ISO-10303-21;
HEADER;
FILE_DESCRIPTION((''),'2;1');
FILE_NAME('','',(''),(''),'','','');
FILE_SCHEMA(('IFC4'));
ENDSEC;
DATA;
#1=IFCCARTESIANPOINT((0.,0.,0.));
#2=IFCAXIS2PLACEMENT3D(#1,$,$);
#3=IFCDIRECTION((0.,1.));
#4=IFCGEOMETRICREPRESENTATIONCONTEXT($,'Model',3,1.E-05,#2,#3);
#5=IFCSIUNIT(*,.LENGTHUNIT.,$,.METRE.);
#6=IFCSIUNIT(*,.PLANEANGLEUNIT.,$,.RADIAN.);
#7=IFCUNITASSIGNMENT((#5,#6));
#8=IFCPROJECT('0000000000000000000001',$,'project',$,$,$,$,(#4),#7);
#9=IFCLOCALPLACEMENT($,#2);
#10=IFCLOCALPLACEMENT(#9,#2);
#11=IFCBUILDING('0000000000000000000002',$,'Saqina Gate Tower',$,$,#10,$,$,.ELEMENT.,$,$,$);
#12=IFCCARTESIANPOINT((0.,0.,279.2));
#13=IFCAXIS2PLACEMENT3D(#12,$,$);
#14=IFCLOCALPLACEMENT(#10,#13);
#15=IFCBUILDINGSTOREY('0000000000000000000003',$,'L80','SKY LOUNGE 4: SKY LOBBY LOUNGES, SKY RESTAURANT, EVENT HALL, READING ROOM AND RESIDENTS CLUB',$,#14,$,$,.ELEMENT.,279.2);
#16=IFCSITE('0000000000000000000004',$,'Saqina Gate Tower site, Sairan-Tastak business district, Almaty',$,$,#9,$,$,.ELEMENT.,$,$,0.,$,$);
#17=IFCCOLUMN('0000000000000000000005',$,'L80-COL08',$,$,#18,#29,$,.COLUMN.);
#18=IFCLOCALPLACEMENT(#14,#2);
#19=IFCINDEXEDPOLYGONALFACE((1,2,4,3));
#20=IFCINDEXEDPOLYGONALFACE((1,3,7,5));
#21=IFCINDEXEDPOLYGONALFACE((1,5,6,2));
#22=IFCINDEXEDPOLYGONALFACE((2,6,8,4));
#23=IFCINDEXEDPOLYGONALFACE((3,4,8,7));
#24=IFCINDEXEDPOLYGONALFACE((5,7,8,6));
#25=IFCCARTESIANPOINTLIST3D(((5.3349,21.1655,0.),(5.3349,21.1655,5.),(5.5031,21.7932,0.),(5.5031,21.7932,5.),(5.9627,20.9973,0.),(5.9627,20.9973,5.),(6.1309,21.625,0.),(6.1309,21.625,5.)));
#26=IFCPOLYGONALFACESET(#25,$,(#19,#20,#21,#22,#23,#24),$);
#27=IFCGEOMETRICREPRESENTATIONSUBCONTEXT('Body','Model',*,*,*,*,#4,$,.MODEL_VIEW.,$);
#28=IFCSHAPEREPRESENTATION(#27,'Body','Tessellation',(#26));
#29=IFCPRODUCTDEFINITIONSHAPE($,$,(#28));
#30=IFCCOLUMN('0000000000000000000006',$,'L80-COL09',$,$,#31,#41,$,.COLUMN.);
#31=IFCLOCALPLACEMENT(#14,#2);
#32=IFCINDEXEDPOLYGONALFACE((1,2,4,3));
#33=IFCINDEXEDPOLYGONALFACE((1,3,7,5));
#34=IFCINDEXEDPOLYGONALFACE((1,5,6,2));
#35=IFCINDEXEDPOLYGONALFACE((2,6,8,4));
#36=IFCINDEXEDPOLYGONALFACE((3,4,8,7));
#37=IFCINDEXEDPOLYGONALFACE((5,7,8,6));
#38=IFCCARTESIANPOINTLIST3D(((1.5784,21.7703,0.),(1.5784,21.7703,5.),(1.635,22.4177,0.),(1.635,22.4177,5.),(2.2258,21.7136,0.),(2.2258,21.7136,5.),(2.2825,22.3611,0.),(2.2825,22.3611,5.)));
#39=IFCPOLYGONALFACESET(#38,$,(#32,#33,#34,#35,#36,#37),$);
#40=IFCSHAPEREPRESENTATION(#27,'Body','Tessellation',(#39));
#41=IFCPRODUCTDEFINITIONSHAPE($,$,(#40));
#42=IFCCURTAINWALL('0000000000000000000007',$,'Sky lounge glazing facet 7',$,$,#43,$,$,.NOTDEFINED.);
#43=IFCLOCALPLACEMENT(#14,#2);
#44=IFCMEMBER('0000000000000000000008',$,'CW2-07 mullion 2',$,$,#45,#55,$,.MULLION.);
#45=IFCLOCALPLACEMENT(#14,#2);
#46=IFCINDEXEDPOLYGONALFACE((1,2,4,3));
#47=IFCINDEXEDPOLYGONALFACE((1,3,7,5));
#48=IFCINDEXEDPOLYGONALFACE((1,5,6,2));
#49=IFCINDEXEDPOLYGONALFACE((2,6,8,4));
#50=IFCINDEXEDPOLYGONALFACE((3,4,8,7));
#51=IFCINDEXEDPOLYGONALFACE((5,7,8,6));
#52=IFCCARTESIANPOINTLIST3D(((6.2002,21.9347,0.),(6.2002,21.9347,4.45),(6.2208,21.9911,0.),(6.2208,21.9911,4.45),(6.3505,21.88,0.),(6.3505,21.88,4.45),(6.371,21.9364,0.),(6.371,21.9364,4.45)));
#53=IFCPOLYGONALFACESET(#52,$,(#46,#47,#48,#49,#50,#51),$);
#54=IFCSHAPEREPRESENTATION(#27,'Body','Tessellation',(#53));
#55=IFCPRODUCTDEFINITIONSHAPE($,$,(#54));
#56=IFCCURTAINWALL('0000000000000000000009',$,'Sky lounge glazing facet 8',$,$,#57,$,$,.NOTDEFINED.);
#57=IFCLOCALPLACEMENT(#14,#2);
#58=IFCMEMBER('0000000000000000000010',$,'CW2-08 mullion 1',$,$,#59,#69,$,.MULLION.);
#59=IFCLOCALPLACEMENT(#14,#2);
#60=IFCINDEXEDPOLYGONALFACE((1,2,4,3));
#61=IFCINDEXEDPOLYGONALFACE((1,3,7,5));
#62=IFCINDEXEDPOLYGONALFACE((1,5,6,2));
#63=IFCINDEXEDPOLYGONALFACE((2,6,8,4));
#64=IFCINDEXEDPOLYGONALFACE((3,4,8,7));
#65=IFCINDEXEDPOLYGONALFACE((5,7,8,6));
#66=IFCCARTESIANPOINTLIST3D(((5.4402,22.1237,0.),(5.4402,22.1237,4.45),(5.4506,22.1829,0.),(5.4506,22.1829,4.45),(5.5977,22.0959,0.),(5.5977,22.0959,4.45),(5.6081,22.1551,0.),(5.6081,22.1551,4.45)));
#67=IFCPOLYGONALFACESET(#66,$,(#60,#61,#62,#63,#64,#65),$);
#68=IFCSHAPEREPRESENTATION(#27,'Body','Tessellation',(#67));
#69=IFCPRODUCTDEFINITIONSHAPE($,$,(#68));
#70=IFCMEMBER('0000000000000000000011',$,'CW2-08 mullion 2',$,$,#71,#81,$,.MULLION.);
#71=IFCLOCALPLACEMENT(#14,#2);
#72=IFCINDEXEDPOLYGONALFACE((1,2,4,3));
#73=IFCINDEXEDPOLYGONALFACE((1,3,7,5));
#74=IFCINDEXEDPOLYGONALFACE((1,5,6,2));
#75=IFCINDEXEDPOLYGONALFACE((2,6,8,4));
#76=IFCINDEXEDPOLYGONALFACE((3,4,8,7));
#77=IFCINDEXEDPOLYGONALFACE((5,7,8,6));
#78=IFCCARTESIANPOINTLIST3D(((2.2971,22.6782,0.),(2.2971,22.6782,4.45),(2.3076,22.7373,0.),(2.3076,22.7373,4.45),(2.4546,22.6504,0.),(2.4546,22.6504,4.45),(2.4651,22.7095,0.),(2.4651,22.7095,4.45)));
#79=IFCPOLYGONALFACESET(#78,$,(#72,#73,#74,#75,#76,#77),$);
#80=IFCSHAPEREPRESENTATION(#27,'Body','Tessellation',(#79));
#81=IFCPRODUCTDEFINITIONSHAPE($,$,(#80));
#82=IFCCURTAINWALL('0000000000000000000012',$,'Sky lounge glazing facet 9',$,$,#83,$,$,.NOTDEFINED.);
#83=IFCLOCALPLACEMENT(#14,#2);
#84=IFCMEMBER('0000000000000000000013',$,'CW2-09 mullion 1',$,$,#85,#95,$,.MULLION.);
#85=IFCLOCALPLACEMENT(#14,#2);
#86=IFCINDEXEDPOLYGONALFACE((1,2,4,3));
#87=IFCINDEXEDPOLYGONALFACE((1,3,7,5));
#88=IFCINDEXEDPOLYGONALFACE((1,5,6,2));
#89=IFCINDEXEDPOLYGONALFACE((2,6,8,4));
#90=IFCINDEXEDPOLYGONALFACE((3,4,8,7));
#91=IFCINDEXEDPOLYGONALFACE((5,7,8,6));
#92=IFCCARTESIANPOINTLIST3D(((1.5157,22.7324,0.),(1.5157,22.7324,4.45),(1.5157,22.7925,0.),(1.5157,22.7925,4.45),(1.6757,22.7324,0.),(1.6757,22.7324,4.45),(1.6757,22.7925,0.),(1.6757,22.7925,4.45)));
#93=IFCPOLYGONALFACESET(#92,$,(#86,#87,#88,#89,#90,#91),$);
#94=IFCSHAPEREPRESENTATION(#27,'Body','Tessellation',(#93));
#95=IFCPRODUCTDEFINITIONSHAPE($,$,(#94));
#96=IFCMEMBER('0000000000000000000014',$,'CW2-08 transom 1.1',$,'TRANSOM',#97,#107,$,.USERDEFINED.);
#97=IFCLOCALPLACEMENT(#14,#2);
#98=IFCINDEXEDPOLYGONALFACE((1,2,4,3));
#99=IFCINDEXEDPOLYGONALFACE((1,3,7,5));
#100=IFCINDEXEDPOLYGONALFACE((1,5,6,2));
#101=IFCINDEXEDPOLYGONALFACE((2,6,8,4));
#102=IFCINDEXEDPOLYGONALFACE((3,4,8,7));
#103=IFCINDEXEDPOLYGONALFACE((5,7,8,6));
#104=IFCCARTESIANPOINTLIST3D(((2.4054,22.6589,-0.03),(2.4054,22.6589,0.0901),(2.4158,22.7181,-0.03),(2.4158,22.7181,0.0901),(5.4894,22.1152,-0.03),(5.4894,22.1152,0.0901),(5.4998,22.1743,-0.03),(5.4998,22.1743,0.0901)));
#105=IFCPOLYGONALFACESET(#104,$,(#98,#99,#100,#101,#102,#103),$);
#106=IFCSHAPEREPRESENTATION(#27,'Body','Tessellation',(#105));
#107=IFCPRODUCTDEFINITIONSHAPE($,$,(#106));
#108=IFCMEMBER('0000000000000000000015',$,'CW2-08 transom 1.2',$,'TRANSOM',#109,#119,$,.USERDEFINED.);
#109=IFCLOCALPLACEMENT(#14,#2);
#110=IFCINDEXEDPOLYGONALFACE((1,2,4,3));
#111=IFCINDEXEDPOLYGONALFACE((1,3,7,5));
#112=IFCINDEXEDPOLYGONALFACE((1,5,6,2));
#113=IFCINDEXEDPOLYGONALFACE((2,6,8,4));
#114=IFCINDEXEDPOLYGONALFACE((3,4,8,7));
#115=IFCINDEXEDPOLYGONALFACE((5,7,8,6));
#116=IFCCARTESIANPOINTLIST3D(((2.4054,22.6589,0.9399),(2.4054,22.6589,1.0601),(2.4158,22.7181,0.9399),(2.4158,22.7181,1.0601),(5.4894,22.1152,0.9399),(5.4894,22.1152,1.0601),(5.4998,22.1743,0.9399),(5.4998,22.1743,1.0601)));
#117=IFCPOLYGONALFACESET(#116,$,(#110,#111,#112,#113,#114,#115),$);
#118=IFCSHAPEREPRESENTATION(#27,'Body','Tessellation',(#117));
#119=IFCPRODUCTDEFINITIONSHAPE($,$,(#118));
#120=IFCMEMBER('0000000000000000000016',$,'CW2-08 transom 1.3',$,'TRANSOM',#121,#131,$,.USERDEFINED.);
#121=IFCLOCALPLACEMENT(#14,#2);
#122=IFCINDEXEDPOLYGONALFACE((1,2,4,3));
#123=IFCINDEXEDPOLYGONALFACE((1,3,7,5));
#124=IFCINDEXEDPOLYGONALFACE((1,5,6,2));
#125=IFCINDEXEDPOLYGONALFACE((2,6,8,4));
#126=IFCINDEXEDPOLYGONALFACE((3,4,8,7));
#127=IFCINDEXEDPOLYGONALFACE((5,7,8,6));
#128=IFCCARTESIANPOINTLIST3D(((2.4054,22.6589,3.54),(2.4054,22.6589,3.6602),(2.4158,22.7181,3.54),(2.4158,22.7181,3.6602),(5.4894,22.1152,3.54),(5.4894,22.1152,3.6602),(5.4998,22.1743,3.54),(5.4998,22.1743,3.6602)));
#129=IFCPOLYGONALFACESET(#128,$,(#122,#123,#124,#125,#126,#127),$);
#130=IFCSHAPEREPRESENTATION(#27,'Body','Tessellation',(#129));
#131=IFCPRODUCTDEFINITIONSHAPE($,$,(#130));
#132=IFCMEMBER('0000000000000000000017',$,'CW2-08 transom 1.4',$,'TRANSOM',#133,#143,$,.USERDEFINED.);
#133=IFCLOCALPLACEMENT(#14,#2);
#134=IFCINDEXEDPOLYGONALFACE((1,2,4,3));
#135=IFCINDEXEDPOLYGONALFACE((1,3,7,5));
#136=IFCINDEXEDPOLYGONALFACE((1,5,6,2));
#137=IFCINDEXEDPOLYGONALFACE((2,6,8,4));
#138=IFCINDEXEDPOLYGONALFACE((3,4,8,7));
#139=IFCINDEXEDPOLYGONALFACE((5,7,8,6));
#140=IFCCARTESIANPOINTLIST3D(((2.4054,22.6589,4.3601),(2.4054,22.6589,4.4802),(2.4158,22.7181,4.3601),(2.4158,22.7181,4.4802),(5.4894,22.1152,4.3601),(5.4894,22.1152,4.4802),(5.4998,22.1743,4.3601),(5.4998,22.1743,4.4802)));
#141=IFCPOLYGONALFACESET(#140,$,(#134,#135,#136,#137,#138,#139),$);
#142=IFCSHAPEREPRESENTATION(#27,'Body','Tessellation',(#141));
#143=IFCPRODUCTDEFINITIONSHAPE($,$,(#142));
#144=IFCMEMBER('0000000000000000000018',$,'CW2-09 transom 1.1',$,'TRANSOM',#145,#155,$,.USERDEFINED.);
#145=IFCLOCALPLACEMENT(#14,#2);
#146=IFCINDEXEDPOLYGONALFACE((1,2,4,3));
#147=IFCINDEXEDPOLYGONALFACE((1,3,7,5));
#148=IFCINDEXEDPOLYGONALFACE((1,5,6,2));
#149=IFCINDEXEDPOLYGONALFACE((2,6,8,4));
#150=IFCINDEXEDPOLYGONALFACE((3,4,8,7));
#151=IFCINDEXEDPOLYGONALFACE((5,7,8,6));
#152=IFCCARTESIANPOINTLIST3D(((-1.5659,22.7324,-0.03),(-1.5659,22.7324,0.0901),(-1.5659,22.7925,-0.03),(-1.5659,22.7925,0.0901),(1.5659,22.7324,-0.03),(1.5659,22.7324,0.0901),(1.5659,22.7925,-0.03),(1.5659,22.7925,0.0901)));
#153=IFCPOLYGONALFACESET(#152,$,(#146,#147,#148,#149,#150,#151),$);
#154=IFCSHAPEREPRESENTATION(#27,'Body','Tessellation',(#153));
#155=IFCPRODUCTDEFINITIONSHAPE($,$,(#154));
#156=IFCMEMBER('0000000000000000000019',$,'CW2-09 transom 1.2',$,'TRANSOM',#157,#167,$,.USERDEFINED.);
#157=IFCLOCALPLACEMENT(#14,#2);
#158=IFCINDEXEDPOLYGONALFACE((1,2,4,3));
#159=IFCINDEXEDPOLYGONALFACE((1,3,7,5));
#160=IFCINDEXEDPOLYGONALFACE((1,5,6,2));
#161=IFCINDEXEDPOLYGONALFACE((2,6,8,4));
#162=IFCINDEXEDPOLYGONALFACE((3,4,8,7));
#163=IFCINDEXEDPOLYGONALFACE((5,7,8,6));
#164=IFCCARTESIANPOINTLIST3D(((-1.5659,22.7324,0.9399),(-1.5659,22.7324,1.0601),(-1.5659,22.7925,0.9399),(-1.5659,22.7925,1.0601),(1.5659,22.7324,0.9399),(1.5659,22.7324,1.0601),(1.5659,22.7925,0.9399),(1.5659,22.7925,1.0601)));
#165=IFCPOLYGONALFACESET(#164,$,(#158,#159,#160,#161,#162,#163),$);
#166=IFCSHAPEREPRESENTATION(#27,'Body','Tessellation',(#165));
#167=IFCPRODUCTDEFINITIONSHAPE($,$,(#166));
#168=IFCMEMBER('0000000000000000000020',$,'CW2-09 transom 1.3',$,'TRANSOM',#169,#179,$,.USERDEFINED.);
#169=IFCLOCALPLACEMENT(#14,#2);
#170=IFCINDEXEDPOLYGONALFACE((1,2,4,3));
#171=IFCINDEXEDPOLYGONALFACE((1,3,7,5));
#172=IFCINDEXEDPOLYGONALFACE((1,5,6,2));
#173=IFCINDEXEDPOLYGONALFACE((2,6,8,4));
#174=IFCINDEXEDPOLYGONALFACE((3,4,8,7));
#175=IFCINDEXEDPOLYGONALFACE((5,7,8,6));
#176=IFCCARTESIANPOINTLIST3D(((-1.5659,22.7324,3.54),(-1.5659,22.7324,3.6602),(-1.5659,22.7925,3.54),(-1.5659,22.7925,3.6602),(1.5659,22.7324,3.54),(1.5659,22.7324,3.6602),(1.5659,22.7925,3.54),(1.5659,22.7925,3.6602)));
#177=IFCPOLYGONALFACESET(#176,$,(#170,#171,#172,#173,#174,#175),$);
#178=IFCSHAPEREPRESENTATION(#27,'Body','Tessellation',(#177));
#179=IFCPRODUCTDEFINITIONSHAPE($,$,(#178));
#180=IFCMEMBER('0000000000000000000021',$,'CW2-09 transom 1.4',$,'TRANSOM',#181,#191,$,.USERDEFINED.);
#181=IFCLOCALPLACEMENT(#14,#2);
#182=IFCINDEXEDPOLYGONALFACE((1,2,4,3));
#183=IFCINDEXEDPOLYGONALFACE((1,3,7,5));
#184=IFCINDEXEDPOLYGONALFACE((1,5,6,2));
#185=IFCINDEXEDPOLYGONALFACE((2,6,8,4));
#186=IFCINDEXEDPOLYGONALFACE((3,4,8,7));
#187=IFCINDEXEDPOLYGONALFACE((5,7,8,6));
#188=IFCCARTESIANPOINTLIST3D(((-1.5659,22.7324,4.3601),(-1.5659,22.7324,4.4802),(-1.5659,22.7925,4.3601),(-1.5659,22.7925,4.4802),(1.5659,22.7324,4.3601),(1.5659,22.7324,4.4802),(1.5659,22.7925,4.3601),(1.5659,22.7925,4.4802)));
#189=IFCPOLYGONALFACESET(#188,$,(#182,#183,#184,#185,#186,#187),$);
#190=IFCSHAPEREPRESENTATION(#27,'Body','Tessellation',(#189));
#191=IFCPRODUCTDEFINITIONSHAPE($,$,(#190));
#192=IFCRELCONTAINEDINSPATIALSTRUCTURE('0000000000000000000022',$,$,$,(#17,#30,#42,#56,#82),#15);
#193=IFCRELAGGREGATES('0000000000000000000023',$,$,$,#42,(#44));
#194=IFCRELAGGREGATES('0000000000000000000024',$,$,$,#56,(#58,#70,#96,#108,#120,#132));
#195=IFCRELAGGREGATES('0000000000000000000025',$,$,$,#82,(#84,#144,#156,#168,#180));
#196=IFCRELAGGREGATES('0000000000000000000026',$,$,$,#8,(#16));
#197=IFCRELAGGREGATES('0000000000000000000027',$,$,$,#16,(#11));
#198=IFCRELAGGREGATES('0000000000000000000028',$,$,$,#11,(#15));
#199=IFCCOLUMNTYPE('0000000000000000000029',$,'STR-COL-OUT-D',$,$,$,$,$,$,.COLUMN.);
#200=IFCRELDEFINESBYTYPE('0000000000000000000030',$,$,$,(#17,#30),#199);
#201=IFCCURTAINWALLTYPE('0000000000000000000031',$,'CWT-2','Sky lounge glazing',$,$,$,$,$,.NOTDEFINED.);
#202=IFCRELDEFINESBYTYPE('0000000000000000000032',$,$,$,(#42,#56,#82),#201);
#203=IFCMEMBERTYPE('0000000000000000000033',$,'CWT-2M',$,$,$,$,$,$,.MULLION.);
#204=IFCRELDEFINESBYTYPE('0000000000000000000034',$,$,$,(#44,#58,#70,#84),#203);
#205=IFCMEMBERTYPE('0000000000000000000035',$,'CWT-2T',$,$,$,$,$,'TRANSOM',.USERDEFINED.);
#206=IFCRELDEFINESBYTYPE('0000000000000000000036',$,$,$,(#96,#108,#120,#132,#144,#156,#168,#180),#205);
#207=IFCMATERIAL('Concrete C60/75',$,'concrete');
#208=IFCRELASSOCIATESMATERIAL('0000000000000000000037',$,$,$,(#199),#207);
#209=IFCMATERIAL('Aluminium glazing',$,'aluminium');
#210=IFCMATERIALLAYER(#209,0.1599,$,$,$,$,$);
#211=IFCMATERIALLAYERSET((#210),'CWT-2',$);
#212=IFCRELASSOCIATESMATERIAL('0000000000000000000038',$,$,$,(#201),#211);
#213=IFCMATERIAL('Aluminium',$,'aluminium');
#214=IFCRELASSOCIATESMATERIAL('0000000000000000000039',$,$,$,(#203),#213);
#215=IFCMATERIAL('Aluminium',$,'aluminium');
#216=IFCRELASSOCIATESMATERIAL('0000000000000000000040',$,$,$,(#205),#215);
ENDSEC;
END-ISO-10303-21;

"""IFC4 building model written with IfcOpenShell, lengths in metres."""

from ifc_helpers import new_model, si_unit, direction, frame, origin, origin_2d, place, context, subcontext, project, spatial, rectangle, extrude, material, layer, layer_set, material_profile, profile_set, type_object, element, aggregate, save


model = new_model("IFC4")

# Units and contexts
model_context = context("Model", 3, precision=1e-05, world=origin(), true_north=direction((0.0, 1.0)))
body_context = subcontext(model_context, "Body", "Model", "MODEL_VIEW")
ifc_project = project(units=[si_unit("LENGTHUNIT", "METRE"), si_unit("PLANEANGLEUNIT", "RADIAN")], contexts=[model_context])

# Site, building, storey
site_placement = place(None, origin())
site = spatial("IfcSite", under=ifc_project, at=site_placement, Name="Saqina Gate Tower site, Sairan-Tastak business district, Almaty", CompositionType="ELEMENT", RefElevation=0.0)
building_placement = place(site_placement, origin())
building = spatial("IfcBuilding", under=site, at=building_placement, Name="Saqina Gate Tower", CompositionType="ELEMENT")
storey_placement = place(building_placement, frame((0.0, 0.0, 279.2)))
storey = spatial("IfcBuildingStorey", under=building, at=storey_placement, Name="L80", Description="SKY LOUNGE 4: SKY LOBBY LOUNGES, SKY RESTAURANT, EVENT HALL, READING ROOM AND RESIDENTS CLUB", CompositionType="ELEMENT", Elevation=279.2)

# Columns
ifc_material_1 = material(Name="Concrete C60/75", Category="concrete")
ifc_material_profile_1 = material_profile(ifc_material_1, rectangle(XDim=0.6499, YDim=0.6499, at=origin_2d()), Name="RC 650x650")
ifc_profile_set_1 = profile_set([ifc_material_profile_1], Name="Concrete C60/75")
column_type = type_object("IfcColumnType", Name="STR-COL-OUT-D", PredefinedType="COLUMN", material=ifc_profile_set_1)
for number, where, z_axis, x_axis, name in (
    (1, (5.7329, 21.3953, 0.0), (0.0, 0.0, 1.0), (0.258819, 0.965926, 0.0), "L80-COL08"),
    (2, (1.9304, 22.0657, 0.0), (0.0, 0.0, 1.0), (0.087156, 0.996195, 0.0), "L80-COL09"),
):
    element("IfcColumn", number, at=place(storey_placement, frame(where, z_axis=z_axis, x_axis=x_axis)), inside=storey, type_object=column_type, Name=name, PredefinedType="COLUMN", context=body_context, shape_type="SweptSolid", body=[
        extrude(rectangle(XDim=0.6499, YDim=0.6499, at=origin_2d()), origin(), (0.0, 0.0, 1.0), 5.0),
    ])

# Curtain wall, member
ifc_material_2 = material(Name="Aluminium glazing", Category="aluminium")
ifc_layer_1 = layer(ifc_material_2, 0.1599)
ifc_layer_set_1 = layer_set([ifc_layer_1], Name="CWT-2")
curtain_wall_type = type_object("IfcCurtainWallType", Name="CWT-2", Description="Sky lounge glazing", PredefinedType="NOTDEFINED", material=ifc_layer_set_1)
curtain_wall_1_placement = place(storey_placement, origin())
curtain_wall_1 = element("IfcCurtainWall", 3, at=curtain_wall_1_placement, inside=storey, type_object=curtain_wall_type, Name="Sky lounge glazing facet 7", PredefinedType="NOTDEFINED")
ifc_material_3 = material(Name="Aluminium", Category="aluminium")
ifc_material_profile_2 = material_profile(ifc_material_3, rectangle(XDim=0.0601, YDim=0.1599, at=origin_2d()), Name="Aluminium 60x160")
ifc_profile_set_2 = profile_set([ifc_material_profile_2], Name="Aluminium")
member_type_1 = type_object("IfcMemberType", Name="CWT-2M", PredefinedType="MULLION", material=ifc_profile_set_2)
member_1_placement = place(storey_placement, frame((6.2856, 21.9355, 0.0), z_axis=(0.0, 0.0, 1.0), x_axis=(-0.342007, -0.939697, 0.0)))
member_1 = element("IfcMember", 4, at=member_1_placement, type_object=member_type_1, Name="CW2-07 mullion 2", PredefinedType="MULLION", context=body_context, shape_type="SweptSolid", body=[
    extrude(rectangle(XDim=0.0601, YDim=0.1599, at=origin_2d()), origin(), (0.0, 0.0, 1.0), 4.45),
])
aggregate(curtain_wall_1, [member_1])

# Curtain wall, members
curtain_wall_2_placement = place(storey_placement, origin())
curtain_wall_2 = element("IfcCurtainWall", 5, at=curtain_wall_2_placement, inside=storey, type_object=curtain_wall_type, Name="Sky lounge glazing facet 8", PredefinedType="NOTDEFINED")
member_2_placement = place(storey_placement, frame((5.5242, 22.1394, 0.0), z_axis=(0.0, 0.0, 1.0), x_axis=(-0.173663, -0.984805, 0.0)))
member_2 = element("IfcMember", 6, at=member_2_placement, type_object=member_type_1, Name="CW2-08 mullion 1", PredefinedType="MULLION", context=body_context, shape_type="SweptSolid", body=[
    extrude(rectangle(XDim=0.0601, YDim=0.1599, at=origin_2d()), origin(), (0.0, 0.0, 1.0), 4.45),
])
member_3_placement = place(storey_placement, frame((2.3811, 22.6938, 0.0), z_axis=(0.0, 0.0, 1.0), x_axis=(-0.173663, -0.984805, 0.0)))
member_3 = element("IfcMember", 7, at=member_3_placement, type_object=member_type_1, Name="CW2-08 mullion 2", PredefinedType="MULLION", context=body_context, shape_type="SweptSolid", body=[
    extrude(rectangle(XDim=0.0601, YDim=0.1599, at=origin_2d()), origin(), (0.0, 0.0, 1.0), 4.45),
])

# Curtain wall, member
curtain_wall_3_placement = place(storey_placement, origin())
curtain_wall_3 = element("IfcCurtainWall", 8, at=curtain_wall_3_placement, inside=storey, type_object=curtain_wall_type, Name="Sky lounge glazing facet 9", PredefinedType="NOTDEFINED")
member_4_placement = place(storey_placement, frame((1.5957, 22.7625, 0.0), z_axis=(0.0, 0.0, 1.0), x_axis=(0.0, -1.0, 0.0)))
member_4 = element("IfcMember", 9, at=member_4_placement, type_object=member_type_1, Name="CW2-09 mullion 1", PredefinedType="MULLION", context=body_context, shape_type="SweptSolid", body=[
    extrude(rectangle(XDim=0.0601, YDim=0.1599, at=origin_2d()), origin(), (0.0, 0.0, 1.0), 4.45),
])

# Members
ifc_material_4 = material(Name="Aluminium", Category="aluminium")
ifc_material_profile_3 = material_profile(ifc_material_4, rectangle(XDim=0.0601, YDim=0.1201, at=origin_2d()), Name="Aluminium 60x120")
ifc_profile_set_3 = profile_set([ifc_material_profile_3], Name="Aluminium")
member_type_2 = type_object("IfcMemberType", Name="CWT-2T", ElementType="TRANSOM", PredefinedType="USERDEFINED", material=ifc_profile_set_3)
member_5_placement = place(storey_placement, frame((5.4946, 22.1448, 0.03), z_axis=(-0.984813, 0.173621, 0.0), x_axis=(-0.173621, -0.984813, 0.0)))
member_5 = element("IfcMember", 10, at=member_5_placement, type_object=member_type_2, Name="CW2-08 transom 1.1", ObjectType="TRANSOM", PredefinedType="USERDEFINED", context=body_context, shape_type="SweptSolid", body=[
    extrude(rectangle(XDim=0.0601, YDim=0.1201, at=origin_2d()), origin(), (0.0, 0.0, 1.0), 3.1316),
])
member_6_placement = place(storey_placement, frame((5.4946, 22.1448, 1.0), z_axis=(-0.984813, 0.173621, 0.0), x_axis=(-0.173621, -0.984813, 0.0)))
member_6 = element("IfcMember", 11, at=member_6_placement, type_object=member_type_2, Name="CW2-08 transom 1.2", ObjectType="TRANSOM", PredefinedType="USERDEFINED", context=body_context, shape_type="SweptSolid", body=[
    extrude(rectangle(XDim=0.0601, YDim=0.1201, at=origin_2d()), origin(), (0.0, 0.0, 1.0), 3.1316),
])
member_7_placement = place(storey_placement, frame((5.4946, 22.1448, 3.6001), z_axis=(-0.984813, 0.173621, 0.0), x_axis=(-0.173621, -0.984813, 0.0)))
member_7 = element("IfcMember", 12, at=member_7_placement, type_object=member_type_2, Name="CW2-08 transom 1.3", ObjectType="TRANSOM", PredefinedType="USERDEFINED", context=body_context, shape_type="SweptSolid", body=[
    extrude(rectangle(XDim=0.0601, YDim=0.1201, at=origin_2d()), origin(), (0.0, 0.0, 1.0), 3.1316),
])
member_8_placement = place(storey_placement, frame((5.4946, 22.1448, 4.4202), z_axis=(-0.984813, 0.173621, 0.0), x_axis=(-0.173621, -0.984813, 0.0)))
member_8 = element("IfcMember", 13, at=member_8_placement, type_object=member_type_2, Name="CW2-08 transom 1.4", ObjectType="TRANSOM", PredefinedType="USERDEFINED", context=body_context, shape_type="SweptSolid", body=[
    extrude(rectangle(XDim=0.0601, YDim=0.1201, at=origin_2d()), origin(), (0.0, 0.0, 1.0), 3.1316),
])
member_9_placement = place(storey_placement, frame((1.5659, 22.7625, 0.03), z_axis=(-1.0, 0.0, 0.0), x_axis=(0.0, -1.0, 0.0)))
member_9 = element("IfcMember", 14, at=member_9_placement, type_object=member_type_2, Name="CW2-09 transom 1.1", ObjectType="TRANSOM", PredefinedType="USERDEFINED", context=body_context, shape_type="SweptSolid", body=[
    extrude(rectangle(XDim=0.0601, YDim=0.1201, at=origin_2d()), origin(), (0.0, 0.0, 1.0), 3.1318),
])
member_10_placement = place(storey_placement, frame((1.5659, 22.7625, 1.0), z_axis=(-1.0, 0.0, 0.0), x_axis=(0.0, -1.0, 0.0)))
member_10 = element("IfcMember", 15, at=member_10_placement, type_object=member_type_2, Name="CW2-09 transom 1.2", ObjectType="TRANSOM", PredefinedType="USERDEFINED", context=body_context, shape_type="SweptSolid", body=[
    extrude(rectangle(XDim=0.0601, YDim=0.1201, at=origin_2d()), origin(), (0.0, 0.0, 1.0), 3.1318),
])
member_11_placement = place(storey_placement, frame((1.5659, 22.7625, 3.6001), z_axis=(-1.0, 0.0, 0.0), x_axis=(0.0, -1.0, 0.0)))
member_11 = element("IfcMember", 16, at=member_11_placement, type_object=member_type_2, Name="CW2-09 transom 1.3", ObjectType="TRANSOM", PredefinedType="USERDEFINED", context=body_context, shape_type="SweptSolid", body=[
    extrude(rectangle(XDim=0.0601, YDim=0.1201, at=origin_2d()), origin(), (0.0, 0.0, 1.0), 3.1318),
])
member_12_placement = place(storey_placement, frame((1.5659, 22.7625, 4.4202), z_axis=(-1.0, 0.0, 0.0), x_axis=(0.0, -1.0, 0.0)))
member_12 = element("IfcMember", 17, at=member_12_placement, type_object=member_type_2, Name="CW2-09 transom 1.4", ObjectType="TRANSOM", PredefinedType="USERDEFINED", context=body_context, shape_type="SweptSolid", body=[
    extrude(rectangle(XDim=0.0601, YDim=0.1201, at=origin_2d()), origin(), (0.0, 0.0, 1.0), 3.1318),
])

aggregate(curtain_wall_2, [member_2, member_3, member_5, member_6, member_7, member_8])
aggregate(curtain_wall_3, [member_4, member_9, member_10, member_11, member_12])

save(model, "model.ifc")
